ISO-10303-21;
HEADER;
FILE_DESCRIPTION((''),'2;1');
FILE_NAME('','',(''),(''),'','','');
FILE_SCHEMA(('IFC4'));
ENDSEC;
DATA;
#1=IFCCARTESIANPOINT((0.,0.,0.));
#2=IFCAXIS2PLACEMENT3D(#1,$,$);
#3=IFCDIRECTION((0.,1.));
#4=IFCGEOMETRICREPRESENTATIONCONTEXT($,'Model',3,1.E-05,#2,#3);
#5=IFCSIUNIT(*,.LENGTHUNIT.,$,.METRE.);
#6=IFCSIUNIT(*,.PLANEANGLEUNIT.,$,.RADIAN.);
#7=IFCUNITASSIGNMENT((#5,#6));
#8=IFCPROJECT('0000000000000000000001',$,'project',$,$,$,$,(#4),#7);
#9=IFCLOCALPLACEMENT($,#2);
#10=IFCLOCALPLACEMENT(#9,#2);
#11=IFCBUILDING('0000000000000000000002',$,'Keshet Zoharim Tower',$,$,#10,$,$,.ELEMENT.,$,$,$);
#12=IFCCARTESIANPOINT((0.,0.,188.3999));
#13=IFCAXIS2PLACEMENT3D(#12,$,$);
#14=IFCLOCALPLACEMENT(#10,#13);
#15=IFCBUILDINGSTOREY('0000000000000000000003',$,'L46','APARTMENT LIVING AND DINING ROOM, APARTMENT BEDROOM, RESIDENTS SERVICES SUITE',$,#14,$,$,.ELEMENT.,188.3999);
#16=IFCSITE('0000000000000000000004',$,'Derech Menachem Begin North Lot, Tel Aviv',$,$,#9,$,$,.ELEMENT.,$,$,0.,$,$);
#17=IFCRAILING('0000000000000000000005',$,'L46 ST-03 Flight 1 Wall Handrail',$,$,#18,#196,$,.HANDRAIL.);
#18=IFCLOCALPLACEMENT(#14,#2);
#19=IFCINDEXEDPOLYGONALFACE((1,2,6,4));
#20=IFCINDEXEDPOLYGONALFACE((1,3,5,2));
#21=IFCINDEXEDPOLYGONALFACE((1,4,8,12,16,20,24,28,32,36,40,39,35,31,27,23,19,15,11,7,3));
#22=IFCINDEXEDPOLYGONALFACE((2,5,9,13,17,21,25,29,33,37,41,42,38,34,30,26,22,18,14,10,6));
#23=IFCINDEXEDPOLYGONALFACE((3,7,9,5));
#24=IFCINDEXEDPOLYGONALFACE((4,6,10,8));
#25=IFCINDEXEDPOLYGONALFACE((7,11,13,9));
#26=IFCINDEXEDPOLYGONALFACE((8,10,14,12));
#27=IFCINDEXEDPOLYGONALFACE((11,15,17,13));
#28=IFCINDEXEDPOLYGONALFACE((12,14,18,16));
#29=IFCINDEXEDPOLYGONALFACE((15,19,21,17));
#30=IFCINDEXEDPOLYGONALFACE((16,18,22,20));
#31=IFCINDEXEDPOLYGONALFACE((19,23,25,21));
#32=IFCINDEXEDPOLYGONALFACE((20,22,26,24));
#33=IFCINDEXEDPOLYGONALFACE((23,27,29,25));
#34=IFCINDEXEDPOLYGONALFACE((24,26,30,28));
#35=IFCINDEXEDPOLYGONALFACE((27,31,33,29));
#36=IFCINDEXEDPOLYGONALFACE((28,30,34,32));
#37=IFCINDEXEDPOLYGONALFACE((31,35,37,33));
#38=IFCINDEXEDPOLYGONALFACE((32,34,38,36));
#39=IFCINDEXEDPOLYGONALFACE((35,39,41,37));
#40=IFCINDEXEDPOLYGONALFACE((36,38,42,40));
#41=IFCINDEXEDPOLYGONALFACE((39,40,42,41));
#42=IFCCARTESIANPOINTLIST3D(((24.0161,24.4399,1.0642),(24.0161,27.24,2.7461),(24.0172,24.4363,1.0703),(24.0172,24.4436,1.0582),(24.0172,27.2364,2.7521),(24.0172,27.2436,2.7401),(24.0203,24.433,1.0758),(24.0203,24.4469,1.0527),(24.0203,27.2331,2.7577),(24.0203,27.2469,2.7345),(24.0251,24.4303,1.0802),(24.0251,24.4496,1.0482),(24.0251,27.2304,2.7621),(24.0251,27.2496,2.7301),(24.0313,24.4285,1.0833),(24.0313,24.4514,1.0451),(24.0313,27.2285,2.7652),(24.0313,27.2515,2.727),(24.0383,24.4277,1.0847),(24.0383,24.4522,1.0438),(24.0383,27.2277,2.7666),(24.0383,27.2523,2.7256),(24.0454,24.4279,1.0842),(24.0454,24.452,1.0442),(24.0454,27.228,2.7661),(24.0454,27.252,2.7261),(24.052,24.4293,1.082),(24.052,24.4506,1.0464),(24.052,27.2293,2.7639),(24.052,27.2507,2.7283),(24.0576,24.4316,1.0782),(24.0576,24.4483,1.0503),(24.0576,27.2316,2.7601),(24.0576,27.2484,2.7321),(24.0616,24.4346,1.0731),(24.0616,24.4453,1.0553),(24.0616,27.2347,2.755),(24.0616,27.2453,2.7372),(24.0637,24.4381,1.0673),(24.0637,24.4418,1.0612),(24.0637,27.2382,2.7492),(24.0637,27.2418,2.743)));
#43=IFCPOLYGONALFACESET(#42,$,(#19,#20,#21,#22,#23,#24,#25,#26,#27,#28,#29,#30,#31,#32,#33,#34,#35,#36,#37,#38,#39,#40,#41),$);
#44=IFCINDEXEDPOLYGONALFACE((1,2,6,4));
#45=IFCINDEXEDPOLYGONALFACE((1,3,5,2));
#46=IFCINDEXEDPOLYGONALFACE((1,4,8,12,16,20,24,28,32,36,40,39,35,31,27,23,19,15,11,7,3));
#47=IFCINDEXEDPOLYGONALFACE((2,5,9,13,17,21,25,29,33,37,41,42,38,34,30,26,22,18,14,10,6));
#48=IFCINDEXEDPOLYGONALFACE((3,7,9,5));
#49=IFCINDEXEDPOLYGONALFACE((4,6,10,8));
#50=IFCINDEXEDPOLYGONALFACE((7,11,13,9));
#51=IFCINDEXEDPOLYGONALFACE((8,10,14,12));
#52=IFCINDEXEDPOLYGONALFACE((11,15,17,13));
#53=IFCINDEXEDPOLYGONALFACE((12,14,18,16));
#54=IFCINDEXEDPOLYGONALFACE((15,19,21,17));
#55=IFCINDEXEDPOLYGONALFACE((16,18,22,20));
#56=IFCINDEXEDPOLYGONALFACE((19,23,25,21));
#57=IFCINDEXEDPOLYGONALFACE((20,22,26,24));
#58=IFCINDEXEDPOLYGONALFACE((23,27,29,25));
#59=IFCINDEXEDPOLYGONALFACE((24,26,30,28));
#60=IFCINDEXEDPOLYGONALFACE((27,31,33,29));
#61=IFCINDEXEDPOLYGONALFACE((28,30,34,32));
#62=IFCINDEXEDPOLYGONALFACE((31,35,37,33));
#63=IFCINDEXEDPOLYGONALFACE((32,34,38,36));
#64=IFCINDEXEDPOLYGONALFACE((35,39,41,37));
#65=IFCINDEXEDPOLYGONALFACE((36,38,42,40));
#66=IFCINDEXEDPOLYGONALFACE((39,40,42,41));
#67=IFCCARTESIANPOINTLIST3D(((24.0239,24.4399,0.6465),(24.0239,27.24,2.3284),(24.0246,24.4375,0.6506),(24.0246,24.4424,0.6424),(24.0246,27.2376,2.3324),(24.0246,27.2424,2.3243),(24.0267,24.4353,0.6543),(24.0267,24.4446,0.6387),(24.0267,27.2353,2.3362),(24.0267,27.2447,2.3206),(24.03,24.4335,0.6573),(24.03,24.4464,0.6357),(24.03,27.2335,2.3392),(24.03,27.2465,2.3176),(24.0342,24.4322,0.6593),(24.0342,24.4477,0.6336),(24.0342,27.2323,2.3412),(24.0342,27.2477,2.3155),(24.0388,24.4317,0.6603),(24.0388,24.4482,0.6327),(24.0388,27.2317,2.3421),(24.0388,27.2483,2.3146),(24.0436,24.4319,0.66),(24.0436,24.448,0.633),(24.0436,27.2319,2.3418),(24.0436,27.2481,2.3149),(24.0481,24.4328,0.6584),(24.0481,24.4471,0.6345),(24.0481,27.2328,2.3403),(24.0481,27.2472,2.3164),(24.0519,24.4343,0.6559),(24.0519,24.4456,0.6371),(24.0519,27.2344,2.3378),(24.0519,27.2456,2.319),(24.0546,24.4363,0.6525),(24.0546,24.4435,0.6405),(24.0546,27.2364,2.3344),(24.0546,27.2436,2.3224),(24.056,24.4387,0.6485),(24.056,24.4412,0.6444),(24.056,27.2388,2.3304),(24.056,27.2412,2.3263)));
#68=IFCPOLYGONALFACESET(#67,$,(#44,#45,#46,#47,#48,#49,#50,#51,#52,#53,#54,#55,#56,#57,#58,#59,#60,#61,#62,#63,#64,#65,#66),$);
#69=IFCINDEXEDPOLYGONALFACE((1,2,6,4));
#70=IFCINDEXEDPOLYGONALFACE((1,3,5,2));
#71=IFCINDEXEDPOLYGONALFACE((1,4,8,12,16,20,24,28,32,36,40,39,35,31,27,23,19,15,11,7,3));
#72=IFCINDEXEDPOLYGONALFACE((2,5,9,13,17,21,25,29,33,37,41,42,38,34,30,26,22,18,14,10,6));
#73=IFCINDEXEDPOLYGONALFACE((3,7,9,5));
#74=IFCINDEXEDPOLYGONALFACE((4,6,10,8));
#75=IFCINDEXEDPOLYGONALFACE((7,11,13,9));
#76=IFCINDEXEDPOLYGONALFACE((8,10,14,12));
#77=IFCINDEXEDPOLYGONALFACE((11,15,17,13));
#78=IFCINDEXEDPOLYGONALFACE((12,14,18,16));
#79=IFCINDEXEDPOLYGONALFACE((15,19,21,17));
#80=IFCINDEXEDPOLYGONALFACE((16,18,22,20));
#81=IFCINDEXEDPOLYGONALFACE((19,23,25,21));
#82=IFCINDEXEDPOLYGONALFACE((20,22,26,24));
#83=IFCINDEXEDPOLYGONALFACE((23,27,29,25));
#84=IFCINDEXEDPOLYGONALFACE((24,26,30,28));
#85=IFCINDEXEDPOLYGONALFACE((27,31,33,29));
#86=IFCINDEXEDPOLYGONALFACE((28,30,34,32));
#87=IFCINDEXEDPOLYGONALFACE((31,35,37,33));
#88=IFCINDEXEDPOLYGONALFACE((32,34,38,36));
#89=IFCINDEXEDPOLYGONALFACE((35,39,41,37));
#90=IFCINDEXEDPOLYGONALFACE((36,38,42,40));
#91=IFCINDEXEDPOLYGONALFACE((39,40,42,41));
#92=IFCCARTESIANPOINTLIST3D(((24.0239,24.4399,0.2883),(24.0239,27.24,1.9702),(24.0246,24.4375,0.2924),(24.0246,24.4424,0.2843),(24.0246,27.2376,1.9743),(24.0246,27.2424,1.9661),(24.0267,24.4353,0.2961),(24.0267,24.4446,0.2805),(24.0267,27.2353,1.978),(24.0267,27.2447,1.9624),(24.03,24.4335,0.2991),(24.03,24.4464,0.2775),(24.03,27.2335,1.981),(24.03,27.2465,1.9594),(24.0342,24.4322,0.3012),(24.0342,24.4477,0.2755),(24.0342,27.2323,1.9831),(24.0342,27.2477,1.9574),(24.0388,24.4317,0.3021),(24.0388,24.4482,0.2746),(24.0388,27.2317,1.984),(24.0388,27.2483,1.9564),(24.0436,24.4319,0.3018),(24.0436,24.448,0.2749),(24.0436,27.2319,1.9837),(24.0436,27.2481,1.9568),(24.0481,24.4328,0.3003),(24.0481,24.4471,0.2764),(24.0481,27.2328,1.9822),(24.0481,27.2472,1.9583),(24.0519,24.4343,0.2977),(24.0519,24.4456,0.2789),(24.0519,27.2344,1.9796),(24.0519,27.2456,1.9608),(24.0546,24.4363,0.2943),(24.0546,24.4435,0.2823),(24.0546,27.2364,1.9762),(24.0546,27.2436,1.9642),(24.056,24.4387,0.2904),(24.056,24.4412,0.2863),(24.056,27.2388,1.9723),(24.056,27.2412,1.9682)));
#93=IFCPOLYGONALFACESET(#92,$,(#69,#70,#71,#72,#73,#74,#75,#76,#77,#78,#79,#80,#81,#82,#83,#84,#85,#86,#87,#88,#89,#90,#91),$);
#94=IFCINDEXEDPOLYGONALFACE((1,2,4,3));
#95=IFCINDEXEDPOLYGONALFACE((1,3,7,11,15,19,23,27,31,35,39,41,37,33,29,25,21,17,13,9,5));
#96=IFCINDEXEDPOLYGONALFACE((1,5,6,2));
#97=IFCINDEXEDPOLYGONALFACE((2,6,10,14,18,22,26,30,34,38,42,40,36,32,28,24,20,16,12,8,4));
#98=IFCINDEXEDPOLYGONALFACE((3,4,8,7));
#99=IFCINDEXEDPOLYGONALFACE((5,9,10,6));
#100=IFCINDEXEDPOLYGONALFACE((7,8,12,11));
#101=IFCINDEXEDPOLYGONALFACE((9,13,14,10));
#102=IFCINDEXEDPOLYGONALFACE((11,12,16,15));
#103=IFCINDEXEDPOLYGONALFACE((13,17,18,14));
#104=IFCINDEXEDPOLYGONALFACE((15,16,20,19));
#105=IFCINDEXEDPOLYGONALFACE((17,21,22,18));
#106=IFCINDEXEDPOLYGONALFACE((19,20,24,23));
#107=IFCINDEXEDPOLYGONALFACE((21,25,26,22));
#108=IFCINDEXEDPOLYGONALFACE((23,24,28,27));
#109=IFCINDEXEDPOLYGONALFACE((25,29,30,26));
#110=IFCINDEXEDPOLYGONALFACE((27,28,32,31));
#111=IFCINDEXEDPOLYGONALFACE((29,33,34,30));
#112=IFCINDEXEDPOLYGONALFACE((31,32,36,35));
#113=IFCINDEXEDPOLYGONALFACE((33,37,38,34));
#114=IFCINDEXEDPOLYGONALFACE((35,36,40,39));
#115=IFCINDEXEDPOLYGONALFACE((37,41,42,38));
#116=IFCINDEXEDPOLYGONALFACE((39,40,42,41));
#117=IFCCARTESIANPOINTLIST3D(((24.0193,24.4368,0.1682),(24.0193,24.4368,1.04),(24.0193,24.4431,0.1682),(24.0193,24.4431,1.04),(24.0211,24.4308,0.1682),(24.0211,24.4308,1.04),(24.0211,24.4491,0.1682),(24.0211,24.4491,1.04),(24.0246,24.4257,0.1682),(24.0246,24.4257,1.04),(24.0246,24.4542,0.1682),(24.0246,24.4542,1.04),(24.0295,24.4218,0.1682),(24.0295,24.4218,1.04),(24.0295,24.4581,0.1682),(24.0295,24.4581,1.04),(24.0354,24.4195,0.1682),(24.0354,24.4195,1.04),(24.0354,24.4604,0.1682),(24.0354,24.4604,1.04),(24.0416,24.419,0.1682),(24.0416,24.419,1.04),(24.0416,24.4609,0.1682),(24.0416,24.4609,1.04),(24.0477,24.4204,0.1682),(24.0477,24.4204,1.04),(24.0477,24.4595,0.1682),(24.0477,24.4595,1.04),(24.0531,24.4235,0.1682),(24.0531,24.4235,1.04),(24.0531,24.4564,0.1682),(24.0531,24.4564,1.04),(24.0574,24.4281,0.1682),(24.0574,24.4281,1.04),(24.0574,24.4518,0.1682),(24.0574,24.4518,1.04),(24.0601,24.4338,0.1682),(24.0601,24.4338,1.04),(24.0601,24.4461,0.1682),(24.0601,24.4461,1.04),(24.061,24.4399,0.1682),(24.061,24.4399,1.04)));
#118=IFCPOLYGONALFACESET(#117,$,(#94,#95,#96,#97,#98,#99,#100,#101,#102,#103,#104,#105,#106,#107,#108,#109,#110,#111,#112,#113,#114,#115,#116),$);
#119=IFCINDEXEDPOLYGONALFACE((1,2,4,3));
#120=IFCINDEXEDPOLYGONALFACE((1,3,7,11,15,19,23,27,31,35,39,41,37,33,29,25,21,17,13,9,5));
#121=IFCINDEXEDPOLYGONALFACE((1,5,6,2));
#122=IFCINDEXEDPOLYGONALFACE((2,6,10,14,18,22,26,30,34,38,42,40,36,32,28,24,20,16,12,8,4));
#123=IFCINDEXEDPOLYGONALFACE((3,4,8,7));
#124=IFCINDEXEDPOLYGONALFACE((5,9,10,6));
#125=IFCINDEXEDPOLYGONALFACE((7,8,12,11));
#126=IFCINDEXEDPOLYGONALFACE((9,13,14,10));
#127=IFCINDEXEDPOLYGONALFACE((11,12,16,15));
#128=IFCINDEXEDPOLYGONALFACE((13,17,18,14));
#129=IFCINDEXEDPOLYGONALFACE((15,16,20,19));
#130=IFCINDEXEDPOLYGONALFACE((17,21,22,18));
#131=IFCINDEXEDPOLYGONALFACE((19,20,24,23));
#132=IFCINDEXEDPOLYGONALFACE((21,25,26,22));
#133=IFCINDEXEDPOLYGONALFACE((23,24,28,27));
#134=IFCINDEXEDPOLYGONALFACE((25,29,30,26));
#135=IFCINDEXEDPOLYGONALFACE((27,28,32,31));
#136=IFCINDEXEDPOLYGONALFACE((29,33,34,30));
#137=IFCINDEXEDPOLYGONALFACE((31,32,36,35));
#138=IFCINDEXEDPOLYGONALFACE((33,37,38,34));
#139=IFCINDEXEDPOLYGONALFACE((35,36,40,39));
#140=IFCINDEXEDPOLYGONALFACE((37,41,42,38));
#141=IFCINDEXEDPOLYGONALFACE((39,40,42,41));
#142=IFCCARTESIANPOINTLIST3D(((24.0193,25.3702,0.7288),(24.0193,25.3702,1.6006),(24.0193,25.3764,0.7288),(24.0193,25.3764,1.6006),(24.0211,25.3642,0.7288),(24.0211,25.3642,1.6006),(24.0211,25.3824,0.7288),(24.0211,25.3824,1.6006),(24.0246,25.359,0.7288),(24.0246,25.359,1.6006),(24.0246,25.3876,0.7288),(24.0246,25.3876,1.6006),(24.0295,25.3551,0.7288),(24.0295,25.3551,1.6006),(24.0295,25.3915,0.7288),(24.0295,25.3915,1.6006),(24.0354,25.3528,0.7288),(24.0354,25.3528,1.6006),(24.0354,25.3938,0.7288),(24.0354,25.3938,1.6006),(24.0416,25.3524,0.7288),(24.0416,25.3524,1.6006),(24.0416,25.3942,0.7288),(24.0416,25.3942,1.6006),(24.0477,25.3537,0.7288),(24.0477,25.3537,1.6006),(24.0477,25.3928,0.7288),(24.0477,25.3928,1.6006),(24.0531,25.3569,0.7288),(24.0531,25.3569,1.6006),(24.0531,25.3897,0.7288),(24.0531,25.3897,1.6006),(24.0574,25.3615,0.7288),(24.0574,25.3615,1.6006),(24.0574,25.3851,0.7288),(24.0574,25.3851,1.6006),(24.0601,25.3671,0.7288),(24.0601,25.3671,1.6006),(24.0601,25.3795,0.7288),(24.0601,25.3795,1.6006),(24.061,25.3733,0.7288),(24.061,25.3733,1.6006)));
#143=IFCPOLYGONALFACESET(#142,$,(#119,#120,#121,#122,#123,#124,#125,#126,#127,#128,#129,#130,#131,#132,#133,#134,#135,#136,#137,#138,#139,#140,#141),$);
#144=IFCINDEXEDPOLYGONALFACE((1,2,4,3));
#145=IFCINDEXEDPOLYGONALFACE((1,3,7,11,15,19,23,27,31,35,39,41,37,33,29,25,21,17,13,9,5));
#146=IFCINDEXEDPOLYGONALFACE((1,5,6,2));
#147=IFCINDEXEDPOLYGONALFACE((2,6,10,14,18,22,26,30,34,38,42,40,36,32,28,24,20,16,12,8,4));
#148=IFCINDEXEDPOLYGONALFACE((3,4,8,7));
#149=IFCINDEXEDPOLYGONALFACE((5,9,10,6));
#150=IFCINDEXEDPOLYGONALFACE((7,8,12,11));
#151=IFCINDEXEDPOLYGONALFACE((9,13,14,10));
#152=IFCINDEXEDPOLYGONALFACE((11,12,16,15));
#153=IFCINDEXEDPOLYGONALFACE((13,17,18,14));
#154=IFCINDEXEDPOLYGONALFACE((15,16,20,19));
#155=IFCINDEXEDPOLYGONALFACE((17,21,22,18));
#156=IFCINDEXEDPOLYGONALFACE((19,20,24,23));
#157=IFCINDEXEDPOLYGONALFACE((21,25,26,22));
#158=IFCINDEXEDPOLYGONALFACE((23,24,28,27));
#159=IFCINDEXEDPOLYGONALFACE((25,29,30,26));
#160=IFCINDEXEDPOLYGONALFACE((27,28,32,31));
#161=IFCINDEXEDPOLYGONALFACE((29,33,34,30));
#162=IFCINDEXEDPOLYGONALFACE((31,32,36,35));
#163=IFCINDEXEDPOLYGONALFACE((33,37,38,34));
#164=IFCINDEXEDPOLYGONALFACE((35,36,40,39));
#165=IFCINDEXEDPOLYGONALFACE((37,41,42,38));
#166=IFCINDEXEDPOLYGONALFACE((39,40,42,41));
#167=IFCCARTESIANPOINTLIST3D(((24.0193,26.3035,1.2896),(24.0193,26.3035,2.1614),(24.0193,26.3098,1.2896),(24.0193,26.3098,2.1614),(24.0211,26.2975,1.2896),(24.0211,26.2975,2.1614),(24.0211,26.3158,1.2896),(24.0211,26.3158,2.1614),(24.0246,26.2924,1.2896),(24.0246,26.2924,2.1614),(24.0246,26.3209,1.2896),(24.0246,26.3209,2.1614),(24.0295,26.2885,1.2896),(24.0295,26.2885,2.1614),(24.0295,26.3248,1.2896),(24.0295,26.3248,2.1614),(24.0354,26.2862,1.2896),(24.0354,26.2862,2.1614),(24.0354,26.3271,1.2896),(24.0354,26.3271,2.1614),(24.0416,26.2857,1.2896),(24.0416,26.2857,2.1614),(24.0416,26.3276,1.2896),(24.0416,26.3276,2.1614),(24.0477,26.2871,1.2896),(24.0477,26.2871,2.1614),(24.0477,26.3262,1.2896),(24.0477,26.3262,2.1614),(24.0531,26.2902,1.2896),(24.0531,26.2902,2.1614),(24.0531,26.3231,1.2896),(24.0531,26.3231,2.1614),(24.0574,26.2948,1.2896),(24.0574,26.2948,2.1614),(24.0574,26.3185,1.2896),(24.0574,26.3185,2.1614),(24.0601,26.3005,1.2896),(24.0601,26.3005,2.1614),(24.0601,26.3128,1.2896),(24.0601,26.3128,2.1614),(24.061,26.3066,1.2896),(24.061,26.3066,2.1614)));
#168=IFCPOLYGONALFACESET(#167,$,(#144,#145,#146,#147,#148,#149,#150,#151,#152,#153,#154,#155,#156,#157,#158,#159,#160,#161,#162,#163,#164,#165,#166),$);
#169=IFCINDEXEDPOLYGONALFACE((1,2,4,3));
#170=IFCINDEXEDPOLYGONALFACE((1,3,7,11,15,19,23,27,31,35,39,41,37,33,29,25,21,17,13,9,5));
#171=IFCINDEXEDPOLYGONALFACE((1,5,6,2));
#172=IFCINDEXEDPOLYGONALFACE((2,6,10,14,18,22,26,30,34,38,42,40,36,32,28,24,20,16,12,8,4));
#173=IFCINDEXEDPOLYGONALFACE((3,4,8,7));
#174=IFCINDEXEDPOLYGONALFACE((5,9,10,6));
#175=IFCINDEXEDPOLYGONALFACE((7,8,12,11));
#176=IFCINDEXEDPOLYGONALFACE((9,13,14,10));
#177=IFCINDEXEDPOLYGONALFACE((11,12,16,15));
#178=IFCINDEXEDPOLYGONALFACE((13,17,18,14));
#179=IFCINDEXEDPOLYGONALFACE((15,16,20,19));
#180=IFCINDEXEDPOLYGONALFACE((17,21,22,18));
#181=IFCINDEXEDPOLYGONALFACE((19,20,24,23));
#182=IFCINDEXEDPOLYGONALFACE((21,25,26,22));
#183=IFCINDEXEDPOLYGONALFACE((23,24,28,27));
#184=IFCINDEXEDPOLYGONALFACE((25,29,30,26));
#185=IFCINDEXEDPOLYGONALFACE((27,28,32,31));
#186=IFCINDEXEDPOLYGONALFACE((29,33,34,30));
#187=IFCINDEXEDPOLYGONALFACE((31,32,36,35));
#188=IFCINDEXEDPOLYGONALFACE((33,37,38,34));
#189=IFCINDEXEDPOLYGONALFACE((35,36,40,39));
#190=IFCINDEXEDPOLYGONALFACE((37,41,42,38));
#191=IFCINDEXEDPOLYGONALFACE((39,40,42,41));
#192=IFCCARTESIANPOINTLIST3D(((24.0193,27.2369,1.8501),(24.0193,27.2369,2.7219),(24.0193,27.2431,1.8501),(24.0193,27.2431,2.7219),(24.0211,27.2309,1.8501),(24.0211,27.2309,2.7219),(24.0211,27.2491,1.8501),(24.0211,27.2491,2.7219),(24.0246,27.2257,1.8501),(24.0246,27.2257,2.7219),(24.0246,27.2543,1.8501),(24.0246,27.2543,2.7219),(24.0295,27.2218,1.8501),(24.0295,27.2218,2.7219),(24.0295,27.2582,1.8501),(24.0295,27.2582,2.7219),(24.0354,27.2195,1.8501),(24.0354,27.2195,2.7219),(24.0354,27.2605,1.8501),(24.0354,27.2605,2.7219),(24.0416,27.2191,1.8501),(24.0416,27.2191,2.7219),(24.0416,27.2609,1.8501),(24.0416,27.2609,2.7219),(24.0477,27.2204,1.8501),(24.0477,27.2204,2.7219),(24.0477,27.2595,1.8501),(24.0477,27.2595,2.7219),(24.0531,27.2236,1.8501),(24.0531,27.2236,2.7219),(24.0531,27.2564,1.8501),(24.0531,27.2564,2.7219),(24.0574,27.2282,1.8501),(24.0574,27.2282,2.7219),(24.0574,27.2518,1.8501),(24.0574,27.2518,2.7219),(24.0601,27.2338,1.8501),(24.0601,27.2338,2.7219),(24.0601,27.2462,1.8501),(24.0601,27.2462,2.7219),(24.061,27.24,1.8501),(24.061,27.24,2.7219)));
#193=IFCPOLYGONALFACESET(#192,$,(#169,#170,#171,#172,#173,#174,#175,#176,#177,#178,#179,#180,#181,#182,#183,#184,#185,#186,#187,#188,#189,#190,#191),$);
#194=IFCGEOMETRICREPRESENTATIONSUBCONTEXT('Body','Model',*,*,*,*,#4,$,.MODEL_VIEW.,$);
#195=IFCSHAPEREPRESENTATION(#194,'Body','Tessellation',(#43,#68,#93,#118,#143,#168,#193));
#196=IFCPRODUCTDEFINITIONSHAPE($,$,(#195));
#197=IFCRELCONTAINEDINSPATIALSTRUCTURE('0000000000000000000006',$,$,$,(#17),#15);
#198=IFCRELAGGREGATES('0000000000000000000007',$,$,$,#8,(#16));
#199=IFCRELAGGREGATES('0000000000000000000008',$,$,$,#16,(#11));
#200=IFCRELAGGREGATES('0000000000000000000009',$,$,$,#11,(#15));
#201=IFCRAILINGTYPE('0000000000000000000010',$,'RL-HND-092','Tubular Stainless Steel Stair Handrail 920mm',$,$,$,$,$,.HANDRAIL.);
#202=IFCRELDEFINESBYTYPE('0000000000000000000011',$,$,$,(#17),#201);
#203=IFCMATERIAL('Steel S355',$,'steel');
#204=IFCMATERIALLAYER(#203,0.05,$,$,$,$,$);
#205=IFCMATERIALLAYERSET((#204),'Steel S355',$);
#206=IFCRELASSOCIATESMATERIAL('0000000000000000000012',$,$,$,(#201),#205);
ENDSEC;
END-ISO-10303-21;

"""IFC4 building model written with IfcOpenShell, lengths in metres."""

from ifc_helpers import new_model, si_unit, direction, frame, origin, origin_2d, place, context, subcontext, project, spatial, circle, extrude, material, layer, layer_set, type_object, element, save


model = new_model("IFC4")

# Units and contexts
model_context = context("Model", 3, precision=1e-05, world=origin(), true_north=direction((0.0, 1.0)))
body_context = subcontext(model_context, "Body", "Model", "MODEL_VIEW")
ifc_project = project(units=[si_unit("LENGTHUNIT", "METRE"), si_unit("PLANEANGLEUNIT", "RADIAN")], contexts=[model_context])

# Site, building, storey
site_placement = place(None, origin())
site = spatial("IfcSite", under=ifc_project, at=site_placement, Name="Derech Menachem Begin North Lot, Tel Aviv", CompositionType="ELEMENT", RefElevation=0.0)
building_placement = place(site_placement, origin())
building = spatial("IfcBuilding", under=site, at=building_placement, Name="Keshet Zoharim Tower", CompositionType="ELEMENT")
storey_placement = place(building_placement, frame((0.0, 0.0, 188.3999)))
storey = spatial("IfcBuildingStorey", under=building, at=storey_placement, Name="L46", Description="APARTMENT LIVING AND DINING ROOM, APARTMENT BEDROOM, RESIDENTS SERVICES SUITE", CompositionType="ELEMENT", Elevation=188.3999)

# Shared definitions
ifc_material_1 = material(Name="Steel S355", Category="steel")

# Railing
ifc_layer_1 = layer(ifc_material_1, 0.05)
ifc_layer_set_1 = layer_set([ifc_layer_1], Name="Steel S355")
railing_type_1 = type_object("IfcRailingType", Name="RL-HND-092", Description="Tubular Stainless Steel Stair Handrail 920mm", PredefinedType="HANDRAIL", material=ifc_layer_set_1)
railing_1_placement = place(storey_placement, frame((24.04, 24.4399, 0.1682)))
element("IfcRailing", 1, at=railing_1_placement, inside=storey, type_object=railing_type_1, Name="L46 ST-03 Flight 1 Wall Handrail", PredefinedType="HANDRAIL", context=body_context, shape_type="SweptSolid", body=[
    extrude(circle(Radius=0.0239, at=origin_2d()), frame((0.0, 0.0, 0.896), z_axis=(0.0, 0.857242, 0.514913), x_axis=(-1.0, 0.0, 0.0)), (0.0, 0.0, 1.0), 3.2664),
    extrude(circle(Radius=0.0161, at=origin_2d()), frame((0.0, 0.0, 0.4783), z_axis=(0.0, 0.857242, 0.514913), x_axis=(-1.0, 0.0, 0.0)), (0.0, 0.0, 1.0), 3.2664),
    extrude(circle(Radius=0.0161, at=origin_2d()), frame((0.0, 0.0, 0.1201), z_axis=(0.0, 0.857242, 0.514913), x_axis=(-1.0, 0.0, 0.0)), (0.0, 0.0, 1.0), 3.2664),
    extrude(circle(Radius=0.021, at=origin_2d()), origin(), (0.0, 0.0, 1.0), 0.8718),
    extrude(circle(Radius=0.021, at=origin_2d()), frame((0.0, 0.9333, 0.5605)), (0.0, 0.0, 1.0), 0.8718),
    extrude(circle(Radius=0.021, at=origin_2d()), frame((0.0, 1.8667, 1.1213)), (0.0, 0.0, 1.0), 0.8718),
    extrude(circle(Radius=0.021, at=origin_2d()), frame((0.0, 2.8, 1.6819)), (0.0, 0.0, 1.0), 0.8718),
])

save(model, "model.ifc")
